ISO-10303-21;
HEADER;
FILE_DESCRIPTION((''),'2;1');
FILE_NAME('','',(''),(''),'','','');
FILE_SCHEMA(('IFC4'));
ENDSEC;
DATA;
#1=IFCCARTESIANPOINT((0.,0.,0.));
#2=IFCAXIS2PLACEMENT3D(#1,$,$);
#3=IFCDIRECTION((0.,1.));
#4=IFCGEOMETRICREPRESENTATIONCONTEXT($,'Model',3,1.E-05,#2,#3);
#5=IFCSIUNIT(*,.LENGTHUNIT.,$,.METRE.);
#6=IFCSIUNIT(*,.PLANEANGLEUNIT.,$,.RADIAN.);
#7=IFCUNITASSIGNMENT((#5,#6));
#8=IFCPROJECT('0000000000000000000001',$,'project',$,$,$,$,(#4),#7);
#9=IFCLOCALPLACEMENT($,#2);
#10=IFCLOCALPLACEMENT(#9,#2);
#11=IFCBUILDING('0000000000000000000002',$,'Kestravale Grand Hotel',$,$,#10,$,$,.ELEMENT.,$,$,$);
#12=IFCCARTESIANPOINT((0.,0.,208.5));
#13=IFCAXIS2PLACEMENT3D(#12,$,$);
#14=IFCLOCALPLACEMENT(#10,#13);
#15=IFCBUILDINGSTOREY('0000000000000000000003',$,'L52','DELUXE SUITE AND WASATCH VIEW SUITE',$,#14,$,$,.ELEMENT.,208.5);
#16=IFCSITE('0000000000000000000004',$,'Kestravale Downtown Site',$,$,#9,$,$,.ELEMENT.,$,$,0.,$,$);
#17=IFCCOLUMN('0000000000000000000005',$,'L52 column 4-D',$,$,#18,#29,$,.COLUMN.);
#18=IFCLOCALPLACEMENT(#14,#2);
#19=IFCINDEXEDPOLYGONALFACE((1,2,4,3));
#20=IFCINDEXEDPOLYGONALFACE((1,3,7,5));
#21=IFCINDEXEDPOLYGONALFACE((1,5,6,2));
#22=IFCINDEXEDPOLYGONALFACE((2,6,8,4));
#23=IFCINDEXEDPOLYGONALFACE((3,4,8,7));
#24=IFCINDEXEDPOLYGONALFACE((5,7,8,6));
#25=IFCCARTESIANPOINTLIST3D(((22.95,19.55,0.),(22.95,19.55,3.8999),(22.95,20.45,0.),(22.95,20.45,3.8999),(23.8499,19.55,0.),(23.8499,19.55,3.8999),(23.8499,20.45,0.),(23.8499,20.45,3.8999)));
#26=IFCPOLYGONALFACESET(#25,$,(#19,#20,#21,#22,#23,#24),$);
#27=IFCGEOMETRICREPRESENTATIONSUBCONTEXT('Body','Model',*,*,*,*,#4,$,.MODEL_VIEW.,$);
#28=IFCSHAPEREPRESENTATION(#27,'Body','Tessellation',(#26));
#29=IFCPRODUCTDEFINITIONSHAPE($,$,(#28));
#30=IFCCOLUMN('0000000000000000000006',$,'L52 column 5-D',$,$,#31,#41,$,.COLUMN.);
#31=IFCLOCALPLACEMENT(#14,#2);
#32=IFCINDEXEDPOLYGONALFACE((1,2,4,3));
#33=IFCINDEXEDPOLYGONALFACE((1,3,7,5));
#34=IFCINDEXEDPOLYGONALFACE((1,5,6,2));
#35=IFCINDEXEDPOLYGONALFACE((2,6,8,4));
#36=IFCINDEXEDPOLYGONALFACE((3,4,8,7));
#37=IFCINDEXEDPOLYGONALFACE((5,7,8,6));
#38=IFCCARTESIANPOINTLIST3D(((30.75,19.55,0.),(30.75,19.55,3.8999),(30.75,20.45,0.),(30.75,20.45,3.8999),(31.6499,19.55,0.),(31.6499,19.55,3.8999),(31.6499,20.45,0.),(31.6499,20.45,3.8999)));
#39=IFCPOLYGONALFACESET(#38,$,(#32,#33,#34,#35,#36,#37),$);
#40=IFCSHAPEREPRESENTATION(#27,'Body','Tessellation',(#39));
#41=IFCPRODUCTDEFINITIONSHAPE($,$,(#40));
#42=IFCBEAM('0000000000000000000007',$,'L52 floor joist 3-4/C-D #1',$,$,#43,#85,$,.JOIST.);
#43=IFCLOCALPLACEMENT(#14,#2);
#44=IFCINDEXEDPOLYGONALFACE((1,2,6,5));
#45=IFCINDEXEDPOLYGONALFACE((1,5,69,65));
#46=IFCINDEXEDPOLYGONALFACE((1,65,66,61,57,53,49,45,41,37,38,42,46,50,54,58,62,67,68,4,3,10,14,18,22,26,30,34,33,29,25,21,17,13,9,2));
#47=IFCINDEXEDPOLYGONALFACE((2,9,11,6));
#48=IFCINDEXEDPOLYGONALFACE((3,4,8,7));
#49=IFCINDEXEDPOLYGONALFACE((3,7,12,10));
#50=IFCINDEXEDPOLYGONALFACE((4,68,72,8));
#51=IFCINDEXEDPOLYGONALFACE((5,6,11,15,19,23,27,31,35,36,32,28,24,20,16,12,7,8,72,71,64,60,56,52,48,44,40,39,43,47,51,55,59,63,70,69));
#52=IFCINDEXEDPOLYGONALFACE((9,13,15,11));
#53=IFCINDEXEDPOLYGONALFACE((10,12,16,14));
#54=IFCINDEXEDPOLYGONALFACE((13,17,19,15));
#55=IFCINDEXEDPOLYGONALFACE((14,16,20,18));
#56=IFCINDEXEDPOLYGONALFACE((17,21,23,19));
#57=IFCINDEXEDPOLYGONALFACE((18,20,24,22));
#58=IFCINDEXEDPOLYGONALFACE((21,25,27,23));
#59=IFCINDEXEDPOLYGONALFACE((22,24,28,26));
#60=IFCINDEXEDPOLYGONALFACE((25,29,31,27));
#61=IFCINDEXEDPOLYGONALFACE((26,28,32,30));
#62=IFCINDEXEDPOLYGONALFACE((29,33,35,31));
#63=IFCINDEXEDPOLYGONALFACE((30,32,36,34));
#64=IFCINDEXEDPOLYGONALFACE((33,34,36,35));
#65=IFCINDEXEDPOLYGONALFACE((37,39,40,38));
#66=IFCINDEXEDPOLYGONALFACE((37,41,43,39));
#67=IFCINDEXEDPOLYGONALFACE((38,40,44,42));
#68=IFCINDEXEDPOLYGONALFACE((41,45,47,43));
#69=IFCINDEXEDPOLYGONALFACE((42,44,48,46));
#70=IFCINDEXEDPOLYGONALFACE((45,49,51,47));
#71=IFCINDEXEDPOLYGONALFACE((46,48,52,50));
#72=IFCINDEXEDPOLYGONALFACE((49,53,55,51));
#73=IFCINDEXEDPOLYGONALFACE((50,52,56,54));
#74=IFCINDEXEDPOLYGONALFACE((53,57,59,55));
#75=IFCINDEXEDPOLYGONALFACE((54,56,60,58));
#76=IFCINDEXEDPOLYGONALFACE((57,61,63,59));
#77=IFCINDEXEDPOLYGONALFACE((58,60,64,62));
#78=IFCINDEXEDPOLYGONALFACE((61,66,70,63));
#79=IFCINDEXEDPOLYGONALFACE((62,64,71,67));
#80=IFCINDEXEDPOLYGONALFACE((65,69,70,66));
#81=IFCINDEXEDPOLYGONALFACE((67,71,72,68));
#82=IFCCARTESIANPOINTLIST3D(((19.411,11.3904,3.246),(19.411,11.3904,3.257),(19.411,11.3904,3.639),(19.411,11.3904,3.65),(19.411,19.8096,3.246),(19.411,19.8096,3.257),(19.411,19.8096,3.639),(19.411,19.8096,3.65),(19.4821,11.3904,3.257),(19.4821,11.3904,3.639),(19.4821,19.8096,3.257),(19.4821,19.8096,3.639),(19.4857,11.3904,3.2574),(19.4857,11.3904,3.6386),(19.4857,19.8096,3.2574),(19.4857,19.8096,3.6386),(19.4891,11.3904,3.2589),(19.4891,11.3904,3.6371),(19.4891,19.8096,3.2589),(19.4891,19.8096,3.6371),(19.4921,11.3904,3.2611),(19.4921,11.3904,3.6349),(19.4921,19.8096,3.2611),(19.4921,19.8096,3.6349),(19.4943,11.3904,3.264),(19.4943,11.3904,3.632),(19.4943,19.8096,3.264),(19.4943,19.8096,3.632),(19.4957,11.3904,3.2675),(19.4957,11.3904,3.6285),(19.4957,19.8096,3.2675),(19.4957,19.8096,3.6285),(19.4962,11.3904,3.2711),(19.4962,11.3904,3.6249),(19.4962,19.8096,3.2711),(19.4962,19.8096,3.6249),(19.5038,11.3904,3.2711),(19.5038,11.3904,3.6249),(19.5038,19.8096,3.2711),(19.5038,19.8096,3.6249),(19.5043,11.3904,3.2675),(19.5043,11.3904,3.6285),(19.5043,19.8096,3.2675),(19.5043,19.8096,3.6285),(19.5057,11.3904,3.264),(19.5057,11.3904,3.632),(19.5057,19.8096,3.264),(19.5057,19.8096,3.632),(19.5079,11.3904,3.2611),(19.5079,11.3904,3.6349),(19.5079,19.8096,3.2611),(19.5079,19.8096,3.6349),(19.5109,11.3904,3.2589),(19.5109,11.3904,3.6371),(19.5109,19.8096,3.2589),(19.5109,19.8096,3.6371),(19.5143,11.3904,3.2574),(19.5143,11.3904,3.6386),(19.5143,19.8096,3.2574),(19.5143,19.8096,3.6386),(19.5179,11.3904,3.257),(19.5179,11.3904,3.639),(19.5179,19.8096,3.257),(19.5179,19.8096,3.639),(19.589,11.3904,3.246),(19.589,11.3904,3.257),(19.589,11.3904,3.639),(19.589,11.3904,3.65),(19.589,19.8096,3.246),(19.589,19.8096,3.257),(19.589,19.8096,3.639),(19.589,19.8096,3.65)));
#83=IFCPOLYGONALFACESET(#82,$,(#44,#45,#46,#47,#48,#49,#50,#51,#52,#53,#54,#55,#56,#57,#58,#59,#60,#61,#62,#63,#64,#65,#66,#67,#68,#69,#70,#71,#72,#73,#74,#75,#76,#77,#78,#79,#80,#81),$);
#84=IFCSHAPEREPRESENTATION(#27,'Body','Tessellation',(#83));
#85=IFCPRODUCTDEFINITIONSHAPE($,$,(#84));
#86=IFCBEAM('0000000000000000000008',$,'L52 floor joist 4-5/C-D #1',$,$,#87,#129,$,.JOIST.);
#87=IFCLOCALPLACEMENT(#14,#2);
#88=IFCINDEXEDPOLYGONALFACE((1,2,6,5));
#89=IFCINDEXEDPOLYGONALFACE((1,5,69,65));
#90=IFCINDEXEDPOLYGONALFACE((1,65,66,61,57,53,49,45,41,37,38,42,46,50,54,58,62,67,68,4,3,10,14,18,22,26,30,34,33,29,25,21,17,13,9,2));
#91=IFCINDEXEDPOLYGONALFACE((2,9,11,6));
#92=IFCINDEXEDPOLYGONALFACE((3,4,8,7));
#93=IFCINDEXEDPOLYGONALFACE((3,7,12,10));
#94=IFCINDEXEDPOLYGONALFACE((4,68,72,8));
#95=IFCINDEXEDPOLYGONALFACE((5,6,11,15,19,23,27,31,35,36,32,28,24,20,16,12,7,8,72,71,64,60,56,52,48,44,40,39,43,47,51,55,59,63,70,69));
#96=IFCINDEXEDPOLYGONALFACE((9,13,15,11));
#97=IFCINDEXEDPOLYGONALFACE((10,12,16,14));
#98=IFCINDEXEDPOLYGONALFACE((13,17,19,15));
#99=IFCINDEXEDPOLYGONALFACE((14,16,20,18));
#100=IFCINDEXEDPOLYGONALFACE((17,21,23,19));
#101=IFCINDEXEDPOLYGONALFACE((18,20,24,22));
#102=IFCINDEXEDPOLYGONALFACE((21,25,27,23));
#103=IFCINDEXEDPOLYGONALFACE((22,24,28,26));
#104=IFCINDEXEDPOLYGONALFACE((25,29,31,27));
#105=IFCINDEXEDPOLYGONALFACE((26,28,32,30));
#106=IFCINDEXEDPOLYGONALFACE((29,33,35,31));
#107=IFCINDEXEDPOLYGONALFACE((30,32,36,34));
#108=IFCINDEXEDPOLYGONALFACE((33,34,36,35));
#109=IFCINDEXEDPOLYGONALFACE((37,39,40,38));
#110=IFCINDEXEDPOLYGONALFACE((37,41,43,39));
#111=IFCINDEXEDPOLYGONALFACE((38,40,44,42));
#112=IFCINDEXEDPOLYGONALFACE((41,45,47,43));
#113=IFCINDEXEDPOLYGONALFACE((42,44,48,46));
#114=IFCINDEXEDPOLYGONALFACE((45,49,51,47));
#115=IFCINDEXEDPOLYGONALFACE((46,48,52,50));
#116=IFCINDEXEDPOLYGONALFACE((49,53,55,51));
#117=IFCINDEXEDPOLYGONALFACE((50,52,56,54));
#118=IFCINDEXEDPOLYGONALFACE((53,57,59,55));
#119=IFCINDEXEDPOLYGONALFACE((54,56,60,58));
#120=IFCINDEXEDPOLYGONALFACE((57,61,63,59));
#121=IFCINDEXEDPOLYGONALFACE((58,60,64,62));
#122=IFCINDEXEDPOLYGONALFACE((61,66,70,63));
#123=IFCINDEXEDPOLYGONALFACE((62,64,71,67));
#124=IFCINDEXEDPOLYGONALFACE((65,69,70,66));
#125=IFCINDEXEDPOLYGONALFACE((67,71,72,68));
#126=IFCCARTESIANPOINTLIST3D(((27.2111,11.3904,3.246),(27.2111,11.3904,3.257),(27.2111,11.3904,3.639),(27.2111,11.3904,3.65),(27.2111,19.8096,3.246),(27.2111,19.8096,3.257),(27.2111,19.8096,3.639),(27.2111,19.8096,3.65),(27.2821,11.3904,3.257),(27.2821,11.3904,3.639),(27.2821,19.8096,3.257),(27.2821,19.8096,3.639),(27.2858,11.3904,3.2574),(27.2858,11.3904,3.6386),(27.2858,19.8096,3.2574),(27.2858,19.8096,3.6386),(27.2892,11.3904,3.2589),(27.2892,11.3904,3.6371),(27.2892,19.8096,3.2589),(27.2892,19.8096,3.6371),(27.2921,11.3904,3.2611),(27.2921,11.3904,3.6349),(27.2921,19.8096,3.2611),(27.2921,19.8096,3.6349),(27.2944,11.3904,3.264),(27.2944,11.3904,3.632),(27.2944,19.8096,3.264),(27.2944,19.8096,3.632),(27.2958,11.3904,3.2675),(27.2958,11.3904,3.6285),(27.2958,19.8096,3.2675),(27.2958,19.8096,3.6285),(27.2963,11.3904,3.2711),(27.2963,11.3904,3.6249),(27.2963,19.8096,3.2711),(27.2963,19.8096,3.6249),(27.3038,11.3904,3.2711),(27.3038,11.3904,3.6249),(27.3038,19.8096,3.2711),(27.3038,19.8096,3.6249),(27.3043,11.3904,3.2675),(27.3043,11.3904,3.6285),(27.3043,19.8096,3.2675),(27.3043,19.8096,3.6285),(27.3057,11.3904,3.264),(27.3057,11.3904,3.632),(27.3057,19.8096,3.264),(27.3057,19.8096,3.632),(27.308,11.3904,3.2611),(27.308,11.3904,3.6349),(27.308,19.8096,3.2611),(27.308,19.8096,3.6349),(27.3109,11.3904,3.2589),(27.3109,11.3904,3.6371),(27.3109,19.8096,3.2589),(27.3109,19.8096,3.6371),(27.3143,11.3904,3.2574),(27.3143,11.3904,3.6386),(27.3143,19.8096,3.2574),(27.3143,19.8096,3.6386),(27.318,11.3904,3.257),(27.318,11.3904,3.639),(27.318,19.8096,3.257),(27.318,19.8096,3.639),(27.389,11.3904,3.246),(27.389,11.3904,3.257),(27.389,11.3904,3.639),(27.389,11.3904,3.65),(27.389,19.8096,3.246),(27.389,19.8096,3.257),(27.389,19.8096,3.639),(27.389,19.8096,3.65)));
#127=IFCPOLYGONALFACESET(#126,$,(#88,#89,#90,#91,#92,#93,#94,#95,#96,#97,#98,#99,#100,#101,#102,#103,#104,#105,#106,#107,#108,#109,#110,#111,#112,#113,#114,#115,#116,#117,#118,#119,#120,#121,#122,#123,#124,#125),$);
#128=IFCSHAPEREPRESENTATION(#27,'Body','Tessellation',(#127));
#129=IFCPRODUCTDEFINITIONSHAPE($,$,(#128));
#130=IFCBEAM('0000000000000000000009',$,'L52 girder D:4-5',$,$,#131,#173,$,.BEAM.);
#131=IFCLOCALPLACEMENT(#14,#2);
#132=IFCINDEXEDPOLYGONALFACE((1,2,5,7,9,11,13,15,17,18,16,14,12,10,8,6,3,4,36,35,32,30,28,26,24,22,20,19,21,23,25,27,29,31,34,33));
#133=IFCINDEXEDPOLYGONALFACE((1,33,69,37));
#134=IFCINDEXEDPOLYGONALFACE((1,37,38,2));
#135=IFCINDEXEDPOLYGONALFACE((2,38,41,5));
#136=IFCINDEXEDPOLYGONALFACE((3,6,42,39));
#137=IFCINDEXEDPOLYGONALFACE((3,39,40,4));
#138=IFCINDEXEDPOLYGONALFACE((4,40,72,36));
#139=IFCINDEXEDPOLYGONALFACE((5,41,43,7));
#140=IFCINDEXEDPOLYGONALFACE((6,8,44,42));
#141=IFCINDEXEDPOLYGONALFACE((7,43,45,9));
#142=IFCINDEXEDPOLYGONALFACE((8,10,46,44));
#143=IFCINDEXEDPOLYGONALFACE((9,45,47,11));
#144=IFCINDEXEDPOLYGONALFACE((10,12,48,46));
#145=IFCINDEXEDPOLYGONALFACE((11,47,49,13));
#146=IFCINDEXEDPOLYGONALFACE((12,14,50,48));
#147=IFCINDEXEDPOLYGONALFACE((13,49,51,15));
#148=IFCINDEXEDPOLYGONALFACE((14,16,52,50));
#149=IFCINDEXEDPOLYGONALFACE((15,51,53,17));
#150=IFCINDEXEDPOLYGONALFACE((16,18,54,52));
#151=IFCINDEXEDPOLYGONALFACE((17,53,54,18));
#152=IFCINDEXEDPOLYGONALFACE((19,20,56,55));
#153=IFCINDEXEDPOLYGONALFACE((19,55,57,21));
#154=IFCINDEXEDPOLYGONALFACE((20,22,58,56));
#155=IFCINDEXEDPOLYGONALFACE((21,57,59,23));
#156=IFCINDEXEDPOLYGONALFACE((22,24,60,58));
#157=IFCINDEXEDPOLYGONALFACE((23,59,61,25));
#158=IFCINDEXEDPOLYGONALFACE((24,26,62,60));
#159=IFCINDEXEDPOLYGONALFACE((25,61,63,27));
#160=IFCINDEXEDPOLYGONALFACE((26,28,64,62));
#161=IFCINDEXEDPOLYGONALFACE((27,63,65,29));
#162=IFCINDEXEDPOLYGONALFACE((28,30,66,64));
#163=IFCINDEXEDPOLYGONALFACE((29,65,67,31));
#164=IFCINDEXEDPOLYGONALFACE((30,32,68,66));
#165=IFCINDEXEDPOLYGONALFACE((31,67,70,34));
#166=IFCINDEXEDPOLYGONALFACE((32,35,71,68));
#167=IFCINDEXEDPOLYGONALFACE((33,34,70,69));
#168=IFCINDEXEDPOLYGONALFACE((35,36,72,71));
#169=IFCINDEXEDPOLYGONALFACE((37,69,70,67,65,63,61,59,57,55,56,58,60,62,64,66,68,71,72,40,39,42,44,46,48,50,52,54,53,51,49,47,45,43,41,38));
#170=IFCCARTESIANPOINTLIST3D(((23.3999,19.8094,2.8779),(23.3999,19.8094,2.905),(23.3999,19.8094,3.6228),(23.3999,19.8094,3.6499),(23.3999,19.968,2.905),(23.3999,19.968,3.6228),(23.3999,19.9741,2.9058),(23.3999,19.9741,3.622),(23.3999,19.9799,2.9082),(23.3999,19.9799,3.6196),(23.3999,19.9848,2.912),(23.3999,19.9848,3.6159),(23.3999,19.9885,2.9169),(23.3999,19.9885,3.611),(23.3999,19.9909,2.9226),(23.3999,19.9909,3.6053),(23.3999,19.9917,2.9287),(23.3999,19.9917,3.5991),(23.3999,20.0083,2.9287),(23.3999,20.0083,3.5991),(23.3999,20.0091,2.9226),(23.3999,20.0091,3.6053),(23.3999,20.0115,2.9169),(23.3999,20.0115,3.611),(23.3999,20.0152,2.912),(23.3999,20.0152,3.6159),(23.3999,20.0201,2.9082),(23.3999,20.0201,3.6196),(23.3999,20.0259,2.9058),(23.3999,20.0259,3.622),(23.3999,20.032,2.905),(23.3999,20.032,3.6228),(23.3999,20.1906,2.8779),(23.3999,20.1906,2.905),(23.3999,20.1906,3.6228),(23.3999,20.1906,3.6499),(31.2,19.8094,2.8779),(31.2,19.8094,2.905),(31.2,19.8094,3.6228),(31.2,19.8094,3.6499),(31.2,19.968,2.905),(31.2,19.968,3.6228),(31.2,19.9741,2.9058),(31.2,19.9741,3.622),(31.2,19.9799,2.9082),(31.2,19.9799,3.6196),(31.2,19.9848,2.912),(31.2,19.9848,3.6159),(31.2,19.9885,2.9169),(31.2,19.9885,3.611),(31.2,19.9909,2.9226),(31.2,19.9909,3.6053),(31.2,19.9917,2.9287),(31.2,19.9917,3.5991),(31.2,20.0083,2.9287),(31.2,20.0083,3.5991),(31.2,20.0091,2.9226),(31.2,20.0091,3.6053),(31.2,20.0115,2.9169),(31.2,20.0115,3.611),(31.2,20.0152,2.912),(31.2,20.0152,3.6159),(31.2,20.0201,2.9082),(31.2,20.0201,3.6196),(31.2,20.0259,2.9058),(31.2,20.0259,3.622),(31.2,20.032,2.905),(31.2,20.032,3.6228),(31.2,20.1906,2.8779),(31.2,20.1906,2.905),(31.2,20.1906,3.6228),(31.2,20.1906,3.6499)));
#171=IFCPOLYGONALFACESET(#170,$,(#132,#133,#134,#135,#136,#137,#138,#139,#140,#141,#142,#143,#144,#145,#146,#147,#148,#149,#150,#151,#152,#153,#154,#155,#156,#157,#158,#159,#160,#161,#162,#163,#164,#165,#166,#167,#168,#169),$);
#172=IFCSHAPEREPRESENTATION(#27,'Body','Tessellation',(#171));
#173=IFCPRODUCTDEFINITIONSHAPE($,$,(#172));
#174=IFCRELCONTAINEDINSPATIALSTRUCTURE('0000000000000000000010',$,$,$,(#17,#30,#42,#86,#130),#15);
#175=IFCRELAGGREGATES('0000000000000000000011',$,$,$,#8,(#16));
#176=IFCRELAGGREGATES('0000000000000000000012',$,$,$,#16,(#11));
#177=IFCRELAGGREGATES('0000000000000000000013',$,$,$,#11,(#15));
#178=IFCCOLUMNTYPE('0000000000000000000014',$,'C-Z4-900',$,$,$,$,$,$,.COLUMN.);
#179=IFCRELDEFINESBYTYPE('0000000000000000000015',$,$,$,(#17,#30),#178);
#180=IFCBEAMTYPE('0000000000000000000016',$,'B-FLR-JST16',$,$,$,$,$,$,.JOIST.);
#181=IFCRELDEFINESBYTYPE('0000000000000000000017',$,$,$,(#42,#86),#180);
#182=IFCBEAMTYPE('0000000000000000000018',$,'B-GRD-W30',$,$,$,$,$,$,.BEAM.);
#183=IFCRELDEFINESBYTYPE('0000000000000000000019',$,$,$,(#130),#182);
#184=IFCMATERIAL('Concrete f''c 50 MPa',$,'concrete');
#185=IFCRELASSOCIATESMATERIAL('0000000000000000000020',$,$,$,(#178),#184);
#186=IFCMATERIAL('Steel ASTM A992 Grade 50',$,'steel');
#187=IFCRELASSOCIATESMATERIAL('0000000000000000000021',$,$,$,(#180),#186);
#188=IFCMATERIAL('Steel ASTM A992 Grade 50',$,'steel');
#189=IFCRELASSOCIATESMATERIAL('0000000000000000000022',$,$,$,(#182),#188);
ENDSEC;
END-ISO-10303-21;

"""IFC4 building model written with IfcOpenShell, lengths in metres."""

from ifc_helpers import new_model, si_unit, direction, frame, origin, origin_2d, place, context, subcontext, project, spatial, rectangle, i_section, extrude, material, material_profile, profile_set, type_object, element, save


model = new_model("IFC4")

# Units and contexts
model_context = context("Model", 3, precision=1e-05, world=origin(), true_north=direction((0.0, 1.0)))
body_context = subcontext(model_context, "Body", "Model", "MODEL_VIEW")
ifc_project = project(units=[si_unit("LENGTHUNIT", "METRE"), si_unit("PLANEANGLEUNIT", "RADIAN")], contexts=[model_context])

# Site, building, storey
site_placement = place(None, origin())
site = spatial("IfcSite", under=ifc_project, at=site_placement, Name="Kestravale Downtown Site", CompositionType="ELEMENT", RefElevation=0.0)
building_placement = place(site_placement, origin())
building = spatial("IfcBuilding", under=site, at=building_placement, Name="Kestravale Grand Hotel", CompositionType="ELEMENT")
storey_placement = place(building_placement, frame((0.0, 0.0, 208.5)))
storey = spatial("IfcBuildingStorey", under=building, at=storey_placement, Name="L52", Description="DELUXE SUITE AND WASATCH VIEW SUITE", CompositionType="ELEMENT", Elevation=208.5)

# Columns
ifc_material_1 = material(Name="Concrete f'c 50 MPa", Category="concrete")
ifc_material_profile_1 = material_profile(ifc_material_1, rectangle(XDim=0.8999, YDim=0.8999, at=origin_2d()))
ifc_profile_set_1 = profile_set([ifc_material_profile_1], Name="Concrete f'c 50 MPa")
column_type = type_object("IfcColumnType", Name="C-Z4-900", PredefinedType="COLUMN", material=ifc_profile_set_1)
for number, where, z_axis, x_axis, name in (
    (1, (23.3999, 20.0, 0.0), (0.0, 0.0, 1.0), (1.0, 0.0, 0.0), "L52 column 4-D"),
    (2, (31.2, 20.0, 0.0), (0.0, 0.0, 1.0), (1.0, 0.0, 0.0), "L52 column 5-D"),
):
    element("IfcColumn", number, at=place(storey_placement, frame(where, z_axis=z_axis, x_axis=x_axis)), inside=storey, type_object=column_type, Name=name, PredefinedType="COLUMN", context=body_context, shape_type="SweptSolid", body=[
        extrude(rectangle(XDim=0.8999, YDim=0.8999, at=origin_2d()), origin(), (0.0, 0.0, 1.0), 3.8999),
    ])

# Beams
ifc_material_2 = material(Name="Steel ASTM A992 Grade 50", Category="steel")
ifc_material_profile_2 = material_profile(ifc_material_2, i_section(OverallWidth=0.178, OverallDepth=0.4041, WebThickness=0.0076, FlangeThickness=0.011, FilletRadius=0.0142, at=origin_2d()))
ifc_profile_set_2 = profile_set([ifc_material_profile_2], Name="Steel ASTM A992 Grade 50")
beam_type_1 = type_object("IfcBeamType", Name="B-FLR-JST16", PredefinedType="JOIST", material=ifc_profile_set_2)
for number, where, z_axis, x_axis, name in (
    (3, (19.5, 11.3904, 3.448), (0.0, 1.0, 0.0), (-1.0, 0.0, 0.0), "L52 floor joist 3-4/C-D #1"),
    (4, (27.3, 11.3904, 3.448), (0.0, 1.0, 0.0), (-1.0, 0.0, 0.0), "L52 floor joist 4-5/C-D #1"),
):
    element("IfcBeam", number, at=place(storey_placement, frame(where, z_axis=z_axis, x_axis=x_axis)), inside=storey, type_object=beam_type_1, Name=name, PredefinedType="JOIST", context=body_context, shape_type="SweptSolid", body=[
        extrude(i_section(OverallWidth=0.178, OverallDepth=0.4041, WebThickness=0.0076, FlangeThickness=0.011, FilletRadius=0.0142, at=origin_2d()), origin(), (0.0, 0.0, 1.0), 8.4192),
    ])
ifc_material_3 = material(Name="Steel ASTM A992 Grade 50", Category="steel")
ifc_material_profile_3 = material_profile(ifc_material_3, i_section(OverallWidth=0.3811, OverallDepth=0.772, WebThickness=0.0166, FlangeThickness=0.0271, FilletRadius=0.0237, at=origin_2d()))
ifc_profile_set_3 = profile_set([ifc_material_profile_3], Name="Steel ASTM A992 Grade 50")
beam_type_2 = type_object("IfcBeamType", Name="B-GRD-W30", PredefinedType="BEAM", material=ifc_profile_set_3)
beam_1_placement = place(storey_placement, frame((23.3999, 20.0, 3.2639), z_axis=(1.0, 0.0, 0.0), x_axis=(0.0, 1.0, 0.0)))
element("IfcBeam", 5, at=beam_1_placement, inside=storey, type_object=beam_type_2, Name="L52 girder D:4-5", PredefinedType="BEAM", context=body_context, shape_type="SweptSolid", body=[
    extrude(i_section(OverallWidth=0.3811, OverallDepth=0.772, WebThickness=0.0166, FlangeThickness=0.0271, FilletRadius=0.0237, at=origin_2d()), origin(), (0.0, 0.0, 1.0), 7.8),
])

save(model, "model.ifc")
